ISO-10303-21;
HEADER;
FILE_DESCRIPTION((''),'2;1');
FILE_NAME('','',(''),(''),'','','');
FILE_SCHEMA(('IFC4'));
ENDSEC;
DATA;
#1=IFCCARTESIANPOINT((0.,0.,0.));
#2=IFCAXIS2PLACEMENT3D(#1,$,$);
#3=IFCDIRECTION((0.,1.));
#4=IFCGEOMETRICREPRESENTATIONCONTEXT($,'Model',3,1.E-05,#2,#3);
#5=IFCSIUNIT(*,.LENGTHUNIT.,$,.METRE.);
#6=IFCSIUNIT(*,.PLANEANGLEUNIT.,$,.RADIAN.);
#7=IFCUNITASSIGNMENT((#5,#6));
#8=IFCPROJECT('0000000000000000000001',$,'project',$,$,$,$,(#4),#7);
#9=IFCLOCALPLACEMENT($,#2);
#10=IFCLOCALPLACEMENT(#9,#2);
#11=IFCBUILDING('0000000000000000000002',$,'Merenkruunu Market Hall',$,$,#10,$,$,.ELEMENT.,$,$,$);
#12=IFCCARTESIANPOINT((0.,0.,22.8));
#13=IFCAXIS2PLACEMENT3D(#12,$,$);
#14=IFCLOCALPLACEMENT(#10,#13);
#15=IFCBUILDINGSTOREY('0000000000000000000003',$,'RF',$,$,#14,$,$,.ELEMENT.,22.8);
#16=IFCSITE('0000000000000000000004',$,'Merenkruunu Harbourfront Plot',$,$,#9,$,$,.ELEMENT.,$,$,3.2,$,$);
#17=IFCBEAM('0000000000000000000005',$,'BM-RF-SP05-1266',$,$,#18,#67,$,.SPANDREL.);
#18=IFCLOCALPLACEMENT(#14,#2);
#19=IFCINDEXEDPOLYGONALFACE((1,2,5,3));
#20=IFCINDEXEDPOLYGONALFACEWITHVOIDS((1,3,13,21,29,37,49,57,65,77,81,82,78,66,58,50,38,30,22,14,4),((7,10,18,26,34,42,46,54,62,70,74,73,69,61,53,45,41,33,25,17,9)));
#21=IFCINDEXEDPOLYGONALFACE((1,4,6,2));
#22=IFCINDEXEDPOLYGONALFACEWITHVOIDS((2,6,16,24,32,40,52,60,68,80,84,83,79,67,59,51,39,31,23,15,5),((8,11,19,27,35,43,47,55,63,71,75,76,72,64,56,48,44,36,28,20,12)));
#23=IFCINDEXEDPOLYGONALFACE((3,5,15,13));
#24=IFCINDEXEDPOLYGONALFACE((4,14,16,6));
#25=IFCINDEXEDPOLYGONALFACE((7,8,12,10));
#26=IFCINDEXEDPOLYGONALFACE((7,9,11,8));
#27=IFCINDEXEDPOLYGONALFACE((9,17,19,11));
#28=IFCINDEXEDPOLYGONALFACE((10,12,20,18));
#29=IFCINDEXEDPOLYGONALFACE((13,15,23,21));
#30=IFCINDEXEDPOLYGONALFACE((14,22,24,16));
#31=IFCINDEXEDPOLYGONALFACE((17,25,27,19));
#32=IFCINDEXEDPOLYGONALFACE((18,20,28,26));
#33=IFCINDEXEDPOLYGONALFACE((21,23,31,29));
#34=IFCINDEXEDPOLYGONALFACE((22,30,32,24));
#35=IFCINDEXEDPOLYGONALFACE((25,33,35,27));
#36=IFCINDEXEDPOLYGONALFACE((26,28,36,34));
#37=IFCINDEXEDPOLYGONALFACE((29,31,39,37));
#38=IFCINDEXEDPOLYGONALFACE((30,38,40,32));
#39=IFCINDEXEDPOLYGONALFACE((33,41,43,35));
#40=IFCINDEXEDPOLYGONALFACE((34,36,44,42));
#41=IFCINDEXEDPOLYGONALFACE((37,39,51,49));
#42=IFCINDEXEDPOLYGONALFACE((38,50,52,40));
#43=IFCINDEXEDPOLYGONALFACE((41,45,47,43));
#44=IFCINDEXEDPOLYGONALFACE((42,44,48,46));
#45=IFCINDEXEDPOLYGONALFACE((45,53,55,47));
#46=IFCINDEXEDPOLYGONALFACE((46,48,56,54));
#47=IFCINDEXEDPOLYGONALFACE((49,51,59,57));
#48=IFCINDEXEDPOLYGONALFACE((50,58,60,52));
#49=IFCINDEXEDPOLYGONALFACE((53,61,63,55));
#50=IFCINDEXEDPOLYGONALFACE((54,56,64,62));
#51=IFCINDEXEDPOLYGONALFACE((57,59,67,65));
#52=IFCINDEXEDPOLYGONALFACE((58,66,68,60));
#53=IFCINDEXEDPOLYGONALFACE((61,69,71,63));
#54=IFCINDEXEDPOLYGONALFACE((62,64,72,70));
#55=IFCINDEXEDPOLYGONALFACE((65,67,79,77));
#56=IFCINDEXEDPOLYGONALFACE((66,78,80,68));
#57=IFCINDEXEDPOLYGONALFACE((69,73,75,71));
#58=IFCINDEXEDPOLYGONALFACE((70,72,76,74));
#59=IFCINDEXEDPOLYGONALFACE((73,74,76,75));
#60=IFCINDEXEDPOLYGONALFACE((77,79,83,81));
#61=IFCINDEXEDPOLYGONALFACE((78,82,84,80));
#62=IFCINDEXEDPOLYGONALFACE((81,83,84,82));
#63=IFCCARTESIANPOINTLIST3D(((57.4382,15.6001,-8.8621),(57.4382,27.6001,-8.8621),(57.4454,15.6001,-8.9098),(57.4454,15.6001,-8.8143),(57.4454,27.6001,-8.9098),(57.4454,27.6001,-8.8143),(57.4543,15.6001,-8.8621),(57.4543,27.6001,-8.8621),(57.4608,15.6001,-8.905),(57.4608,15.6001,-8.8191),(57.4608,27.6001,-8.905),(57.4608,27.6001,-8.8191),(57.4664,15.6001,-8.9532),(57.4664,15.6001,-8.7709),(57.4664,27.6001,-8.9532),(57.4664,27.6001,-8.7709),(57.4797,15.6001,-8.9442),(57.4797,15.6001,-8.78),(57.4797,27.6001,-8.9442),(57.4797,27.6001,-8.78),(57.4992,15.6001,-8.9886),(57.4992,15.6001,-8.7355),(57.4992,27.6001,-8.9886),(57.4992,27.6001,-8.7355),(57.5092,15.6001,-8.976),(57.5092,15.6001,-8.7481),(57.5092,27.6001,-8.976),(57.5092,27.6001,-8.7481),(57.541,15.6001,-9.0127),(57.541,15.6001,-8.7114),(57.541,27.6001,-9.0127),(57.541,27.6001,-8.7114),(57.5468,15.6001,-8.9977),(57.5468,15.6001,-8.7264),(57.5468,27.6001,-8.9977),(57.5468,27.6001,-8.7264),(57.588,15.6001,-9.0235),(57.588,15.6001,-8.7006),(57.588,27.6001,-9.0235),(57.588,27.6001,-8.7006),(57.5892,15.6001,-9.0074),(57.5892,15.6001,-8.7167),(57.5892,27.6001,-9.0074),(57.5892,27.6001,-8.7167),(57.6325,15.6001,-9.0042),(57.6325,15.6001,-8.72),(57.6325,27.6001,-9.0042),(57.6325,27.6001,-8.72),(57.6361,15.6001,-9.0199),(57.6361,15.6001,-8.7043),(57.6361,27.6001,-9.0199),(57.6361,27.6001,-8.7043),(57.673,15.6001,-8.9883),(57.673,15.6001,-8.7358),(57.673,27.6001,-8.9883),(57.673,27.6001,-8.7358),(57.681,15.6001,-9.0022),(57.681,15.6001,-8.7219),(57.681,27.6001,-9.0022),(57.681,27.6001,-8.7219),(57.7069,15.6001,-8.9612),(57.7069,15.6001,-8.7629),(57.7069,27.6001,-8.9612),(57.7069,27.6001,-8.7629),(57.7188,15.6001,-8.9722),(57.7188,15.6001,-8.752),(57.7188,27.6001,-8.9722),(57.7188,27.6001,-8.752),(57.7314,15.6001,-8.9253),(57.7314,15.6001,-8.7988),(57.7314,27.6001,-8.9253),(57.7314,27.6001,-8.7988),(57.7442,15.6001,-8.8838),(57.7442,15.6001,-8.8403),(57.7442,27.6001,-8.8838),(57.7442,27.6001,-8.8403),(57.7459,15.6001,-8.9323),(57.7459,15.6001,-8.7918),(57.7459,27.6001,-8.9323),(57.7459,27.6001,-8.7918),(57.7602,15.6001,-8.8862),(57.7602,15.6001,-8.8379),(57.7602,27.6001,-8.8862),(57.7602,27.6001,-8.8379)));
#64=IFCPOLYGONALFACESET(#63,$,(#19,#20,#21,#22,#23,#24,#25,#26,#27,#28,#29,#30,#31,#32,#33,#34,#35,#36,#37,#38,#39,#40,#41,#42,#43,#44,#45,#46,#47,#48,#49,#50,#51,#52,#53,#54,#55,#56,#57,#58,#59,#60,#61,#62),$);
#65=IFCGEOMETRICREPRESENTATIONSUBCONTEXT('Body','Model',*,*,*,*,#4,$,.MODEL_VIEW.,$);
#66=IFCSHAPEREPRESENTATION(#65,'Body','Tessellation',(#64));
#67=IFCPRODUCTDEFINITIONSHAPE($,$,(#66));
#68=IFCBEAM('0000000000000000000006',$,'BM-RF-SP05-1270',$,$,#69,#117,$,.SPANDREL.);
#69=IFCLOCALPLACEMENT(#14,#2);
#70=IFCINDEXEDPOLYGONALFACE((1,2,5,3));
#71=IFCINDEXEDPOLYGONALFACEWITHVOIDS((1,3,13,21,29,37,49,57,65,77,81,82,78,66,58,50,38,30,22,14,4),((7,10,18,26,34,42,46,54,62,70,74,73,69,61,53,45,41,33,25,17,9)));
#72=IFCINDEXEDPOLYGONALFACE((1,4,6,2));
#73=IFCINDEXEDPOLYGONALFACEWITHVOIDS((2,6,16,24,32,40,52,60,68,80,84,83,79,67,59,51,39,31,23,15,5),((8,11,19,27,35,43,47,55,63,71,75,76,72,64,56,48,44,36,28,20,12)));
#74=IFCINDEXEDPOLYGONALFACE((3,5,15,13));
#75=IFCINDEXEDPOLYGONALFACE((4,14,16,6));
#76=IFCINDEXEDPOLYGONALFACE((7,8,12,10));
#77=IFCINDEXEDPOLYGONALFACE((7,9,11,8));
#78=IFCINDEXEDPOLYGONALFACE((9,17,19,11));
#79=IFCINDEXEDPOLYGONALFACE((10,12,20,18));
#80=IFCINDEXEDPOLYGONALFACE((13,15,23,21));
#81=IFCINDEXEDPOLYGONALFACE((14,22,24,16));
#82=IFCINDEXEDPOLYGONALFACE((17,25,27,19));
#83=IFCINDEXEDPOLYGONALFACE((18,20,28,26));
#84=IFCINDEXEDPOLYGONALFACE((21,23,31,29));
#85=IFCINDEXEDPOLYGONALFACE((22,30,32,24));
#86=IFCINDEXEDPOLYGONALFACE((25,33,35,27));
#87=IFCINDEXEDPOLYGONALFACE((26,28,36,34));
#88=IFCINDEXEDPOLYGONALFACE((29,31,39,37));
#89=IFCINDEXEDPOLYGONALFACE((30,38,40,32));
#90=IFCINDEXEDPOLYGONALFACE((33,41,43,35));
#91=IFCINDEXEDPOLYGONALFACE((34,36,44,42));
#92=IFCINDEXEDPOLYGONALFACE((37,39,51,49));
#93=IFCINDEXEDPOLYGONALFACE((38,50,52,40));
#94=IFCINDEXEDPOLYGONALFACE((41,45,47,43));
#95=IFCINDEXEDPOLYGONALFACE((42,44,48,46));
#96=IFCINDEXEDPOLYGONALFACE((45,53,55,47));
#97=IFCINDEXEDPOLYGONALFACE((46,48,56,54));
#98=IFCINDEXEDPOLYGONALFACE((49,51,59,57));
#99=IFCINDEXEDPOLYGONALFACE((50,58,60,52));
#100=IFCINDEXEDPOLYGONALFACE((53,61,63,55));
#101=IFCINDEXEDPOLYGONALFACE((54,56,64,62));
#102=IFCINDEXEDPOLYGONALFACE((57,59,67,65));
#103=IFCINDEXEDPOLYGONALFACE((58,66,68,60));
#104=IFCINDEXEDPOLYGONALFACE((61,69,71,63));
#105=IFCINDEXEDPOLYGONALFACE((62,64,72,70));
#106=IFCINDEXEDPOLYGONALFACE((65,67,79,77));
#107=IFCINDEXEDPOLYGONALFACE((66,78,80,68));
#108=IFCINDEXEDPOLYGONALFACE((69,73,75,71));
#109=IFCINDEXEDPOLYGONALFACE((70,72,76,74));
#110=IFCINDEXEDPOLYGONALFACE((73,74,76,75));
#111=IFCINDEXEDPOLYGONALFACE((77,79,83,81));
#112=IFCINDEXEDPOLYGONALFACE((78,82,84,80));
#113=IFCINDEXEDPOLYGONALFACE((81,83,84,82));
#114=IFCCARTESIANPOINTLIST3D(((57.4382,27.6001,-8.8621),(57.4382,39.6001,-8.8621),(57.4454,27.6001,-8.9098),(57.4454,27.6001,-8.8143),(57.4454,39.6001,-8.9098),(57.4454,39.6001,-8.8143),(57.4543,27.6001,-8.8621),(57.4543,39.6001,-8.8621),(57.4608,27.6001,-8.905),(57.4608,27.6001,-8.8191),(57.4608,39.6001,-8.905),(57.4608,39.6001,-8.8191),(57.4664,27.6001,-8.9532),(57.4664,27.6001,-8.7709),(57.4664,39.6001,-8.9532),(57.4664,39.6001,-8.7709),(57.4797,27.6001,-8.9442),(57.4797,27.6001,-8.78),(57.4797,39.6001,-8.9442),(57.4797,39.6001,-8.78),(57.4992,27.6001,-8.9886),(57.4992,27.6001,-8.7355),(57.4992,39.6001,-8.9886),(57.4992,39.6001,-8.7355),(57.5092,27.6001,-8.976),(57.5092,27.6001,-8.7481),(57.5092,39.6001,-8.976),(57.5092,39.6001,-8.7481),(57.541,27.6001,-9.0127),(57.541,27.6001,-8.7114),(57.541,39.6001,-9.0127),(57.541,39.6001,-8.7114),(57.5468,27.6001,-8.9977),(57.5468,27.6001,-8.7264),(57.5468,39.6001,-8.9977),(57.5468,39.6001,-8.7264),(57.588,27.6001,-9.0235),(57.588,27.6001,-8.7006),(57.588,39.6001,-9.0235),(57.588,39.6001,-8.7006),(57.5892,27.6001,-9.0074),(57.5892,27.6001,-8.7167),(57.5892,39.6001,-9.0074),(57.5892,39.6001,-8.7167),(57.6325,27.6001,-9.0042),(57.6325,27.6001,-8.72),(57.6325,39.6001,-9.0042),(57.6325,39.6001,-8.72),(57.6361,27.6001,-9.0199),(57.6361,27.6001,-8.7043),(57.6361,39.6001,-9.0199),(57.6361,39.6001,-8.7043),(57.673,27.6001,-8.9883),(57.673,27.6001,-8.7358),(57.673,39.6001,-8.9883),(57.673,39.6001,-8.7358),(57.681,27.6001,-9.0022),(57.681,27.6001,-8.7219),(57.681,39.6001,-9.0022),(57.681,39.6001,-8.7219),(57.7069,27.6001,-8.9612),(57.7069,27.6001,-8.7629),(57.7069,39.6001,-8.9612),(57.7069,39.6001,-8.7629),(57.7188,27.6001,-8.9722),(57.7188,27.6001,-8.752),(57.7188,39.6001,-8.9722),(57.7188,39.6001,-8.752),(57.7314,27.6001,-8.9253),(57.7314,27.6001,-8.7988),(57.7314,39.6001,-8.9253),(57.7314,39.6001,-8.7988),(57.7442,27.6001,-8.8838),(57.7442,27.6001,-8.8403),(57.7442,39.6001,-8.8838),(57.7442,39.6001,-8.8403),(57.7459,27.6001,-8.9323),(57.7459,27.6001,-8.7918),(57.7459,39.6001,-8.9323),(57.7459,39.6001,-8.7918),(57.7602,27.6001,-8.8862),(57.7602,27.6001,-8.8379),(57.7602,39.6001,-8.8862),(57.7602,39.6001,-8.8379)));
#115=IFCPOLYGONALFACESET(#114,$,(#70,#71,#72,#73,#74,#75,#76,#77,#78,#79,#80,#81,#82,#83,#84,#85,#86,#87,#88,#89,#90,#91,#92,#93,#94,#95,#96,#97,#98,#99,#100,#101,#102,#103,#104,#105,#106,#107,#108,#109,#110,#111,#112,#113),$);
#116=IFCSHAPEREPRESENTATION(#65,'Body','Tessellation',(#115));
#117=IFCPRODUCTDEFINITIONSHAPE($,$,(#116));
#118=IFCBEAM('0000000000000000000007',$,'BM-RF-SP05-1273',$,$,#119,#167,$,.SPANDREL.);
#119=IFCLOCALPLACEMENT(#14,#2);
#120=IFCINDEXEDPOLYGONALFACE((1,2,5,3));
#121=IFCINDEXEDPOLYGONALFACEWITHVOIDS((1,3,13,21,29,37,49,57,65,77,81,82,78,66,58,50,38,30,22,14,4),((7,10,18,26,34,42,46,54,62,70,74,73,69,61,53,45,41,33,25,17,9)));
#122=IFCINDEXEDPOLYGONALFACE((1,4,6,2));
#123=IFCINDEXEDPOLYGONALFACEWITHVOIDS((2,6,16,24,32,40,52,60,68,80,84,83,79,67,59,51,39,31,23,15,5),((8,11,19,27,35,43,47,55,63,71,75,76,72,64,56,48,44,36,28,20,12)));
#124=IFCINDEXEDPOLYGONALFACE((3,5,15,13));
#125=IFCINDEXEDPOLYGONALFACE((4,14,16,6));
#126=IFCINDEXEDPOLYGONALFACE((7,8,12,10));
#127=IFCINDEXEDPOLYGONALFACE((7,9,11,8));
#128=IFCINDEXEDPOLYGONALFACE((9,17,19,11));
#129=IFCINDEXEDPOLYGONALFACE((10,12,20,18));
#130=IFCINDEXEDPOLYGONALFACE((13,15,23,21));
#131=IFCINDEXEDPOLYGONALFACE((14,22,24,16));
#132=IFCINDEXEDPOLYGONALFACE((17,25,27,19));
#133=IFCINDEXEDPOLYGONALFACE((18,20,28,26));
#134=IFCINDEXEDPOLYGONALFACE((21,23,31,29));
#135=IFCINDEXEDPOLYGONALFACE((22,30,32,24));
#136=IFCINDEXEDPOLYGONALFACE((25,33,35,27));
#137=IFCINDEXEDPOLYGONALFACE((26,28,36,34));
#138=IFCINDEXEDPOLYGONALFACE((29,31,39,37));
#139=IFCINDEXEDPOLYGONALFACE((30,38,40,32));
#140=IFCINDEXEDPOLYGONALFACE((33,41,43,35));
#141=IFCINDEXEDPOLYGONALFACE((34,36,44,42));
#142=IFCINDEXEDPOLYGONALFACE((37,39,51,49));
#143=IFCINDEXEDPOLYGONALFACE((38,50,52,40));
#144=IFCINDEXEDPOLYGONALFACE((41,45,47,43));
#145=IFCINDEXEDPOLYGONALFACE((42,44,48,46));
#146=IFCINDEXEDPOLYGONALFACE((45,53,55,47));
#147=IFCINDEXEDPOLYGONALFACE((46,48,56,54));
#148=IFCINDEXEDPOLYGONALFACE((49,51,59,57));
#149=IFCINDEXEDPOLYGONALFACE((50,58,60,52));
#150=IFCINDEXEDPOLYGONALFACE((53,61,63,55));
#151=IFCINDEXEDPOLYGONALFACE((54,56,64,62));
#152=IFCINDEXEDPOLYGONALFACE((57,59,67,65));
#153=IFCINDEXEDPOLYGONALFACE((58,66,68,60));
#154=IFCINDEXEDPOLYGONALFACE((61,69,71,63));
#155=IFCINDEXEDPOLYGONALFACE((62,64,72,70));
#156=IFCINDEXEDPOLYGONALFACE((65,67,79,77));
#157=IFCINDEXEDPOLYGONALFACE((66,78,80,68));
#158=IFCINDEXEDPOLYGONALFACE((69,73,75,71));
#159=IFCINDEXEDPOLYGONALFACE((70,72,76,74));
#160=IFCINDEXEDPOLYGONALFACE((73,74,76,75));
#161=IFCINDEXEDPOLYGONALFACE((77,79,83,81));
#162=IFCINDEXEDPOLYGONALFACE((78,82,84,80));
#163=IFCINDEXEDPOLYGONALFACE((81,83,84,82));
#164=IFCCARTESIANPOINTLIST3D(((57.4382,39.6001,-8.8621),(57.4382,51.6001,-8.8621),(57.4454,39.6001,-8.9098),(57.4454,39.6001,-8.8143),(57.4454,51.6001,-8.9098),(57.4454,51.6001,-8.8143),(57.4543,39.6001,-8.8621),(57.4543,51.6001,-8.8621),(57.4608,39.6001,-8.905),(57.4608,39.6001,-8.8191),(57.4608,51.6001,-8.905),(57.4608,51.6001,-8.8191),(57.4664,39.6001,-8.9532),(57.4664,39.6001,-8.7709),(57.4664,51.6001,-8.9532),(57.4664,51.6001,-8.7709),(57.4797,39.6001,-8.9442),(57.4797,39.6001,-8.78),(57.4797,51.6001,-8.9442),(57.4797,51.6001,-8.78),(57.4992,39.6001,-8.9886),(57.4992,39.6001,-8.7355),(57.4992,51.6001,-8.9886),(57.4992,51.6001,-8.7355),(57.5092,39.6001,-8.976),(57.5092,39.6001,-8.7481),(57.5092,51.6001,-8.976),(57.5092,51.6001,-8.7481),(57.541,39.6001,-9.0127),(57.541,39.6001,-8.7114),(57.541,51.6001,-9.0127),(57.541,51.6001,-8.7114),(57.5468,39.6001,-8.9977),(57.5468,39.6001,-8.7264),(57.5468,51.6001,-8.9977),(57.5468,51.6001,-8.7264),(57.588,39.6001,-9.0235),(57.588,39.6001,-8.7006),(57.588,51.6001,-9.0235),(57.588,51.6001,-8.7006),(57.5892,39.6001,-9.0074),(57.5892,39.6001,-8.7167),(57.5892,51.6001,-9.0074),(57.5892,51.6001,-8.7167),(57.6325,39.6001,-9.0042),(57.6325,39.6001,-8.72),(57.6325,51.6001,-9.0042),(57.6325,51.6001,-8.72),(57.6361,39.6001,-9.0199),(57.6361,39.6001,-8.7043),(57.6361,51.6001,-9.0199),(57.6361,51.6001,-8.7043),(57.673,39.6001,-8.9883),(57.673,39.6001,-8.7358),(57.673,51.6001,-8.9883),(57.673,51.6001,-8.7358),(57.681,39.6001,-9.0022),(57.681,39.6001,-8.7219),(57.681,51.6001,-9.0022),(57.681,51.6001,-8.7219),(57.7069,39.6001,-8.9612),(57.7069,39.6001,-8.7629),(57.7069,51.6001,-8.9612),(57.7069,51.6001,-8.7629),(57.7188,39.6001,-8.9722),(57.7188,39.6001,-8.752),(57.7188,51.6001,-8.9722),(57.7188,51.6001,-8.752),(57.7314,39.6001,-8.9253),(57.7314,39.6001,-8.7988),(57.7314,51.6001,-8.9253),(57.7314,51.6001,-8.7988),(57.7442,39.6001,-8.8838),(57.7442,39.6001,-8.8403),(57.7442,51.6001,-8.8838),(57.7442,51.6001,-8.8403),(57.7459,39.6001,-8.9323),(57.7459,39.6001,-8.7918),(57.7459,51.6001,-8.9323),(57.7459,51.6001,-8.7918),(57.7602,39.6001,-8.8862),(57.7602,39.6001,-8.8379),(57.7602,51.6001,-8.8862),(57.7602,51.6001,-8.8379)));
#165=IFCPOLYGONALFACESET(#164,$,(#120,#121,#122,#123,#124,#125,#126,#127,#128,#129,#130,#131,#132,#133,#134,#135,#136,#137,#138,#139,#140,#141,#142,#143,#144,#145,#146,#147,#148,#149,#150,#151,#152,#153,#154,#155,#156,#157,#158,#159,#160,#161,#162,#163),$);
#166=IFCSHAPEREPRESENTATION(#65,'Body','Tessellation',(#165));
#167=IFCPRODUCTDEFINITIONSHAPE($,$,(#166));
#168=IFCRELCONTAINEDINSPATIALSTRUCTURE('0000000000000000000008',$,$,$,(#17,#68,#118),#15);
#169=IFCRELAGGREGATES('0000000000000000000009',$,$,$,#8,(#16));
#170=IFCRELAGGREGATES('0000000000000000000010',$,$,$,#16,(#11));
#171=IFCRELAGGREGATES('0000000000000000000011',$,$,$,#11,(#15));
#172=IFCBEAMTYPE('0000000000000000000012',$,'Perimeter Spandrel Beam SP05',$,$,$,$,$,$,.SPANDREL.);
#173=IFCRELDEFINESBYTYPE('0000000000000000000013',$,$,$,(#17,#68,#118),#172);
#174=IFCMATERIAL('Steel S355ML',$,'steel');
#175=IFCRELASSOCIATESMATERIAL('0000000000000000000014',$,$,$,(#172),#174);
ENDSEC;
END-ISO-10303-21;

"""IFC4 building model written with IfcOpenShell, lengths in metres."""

from ifc_helpers import new_model, si_unit, direction, frame, origin, origin_2d, place, context, subcontext, project, spatial, hollow_circle, extrude, material, material_profile, profile_set, type_object, element, save


model = new_model("IFC4")

# Units and contexts
model_context = context("Model", 3, precision=1e-05, world=origin(), true_north=direction((0.0, 1.0)))
body_context = subcontext(model_context, "Body", "Model", "MODEL_VIEW")
ifc_project = project(units=[si_unit("LENGTHUNIT", "METRE"), si_unit("PLANEANGLEUNIT", "RADIAN")], contexts=[model_context])

# Site, building, storey
site_placement = place(None, origin())
site = spatial("IfcSite", under=ifc_project, at=site_placement, Name="Merenkruunu Harbourfront Plot", CompositionType="ELEMENT", RefElevation=3.2)
building_placement = place(site_placement, origin())
building = spatial("IfcBuilding", under=site, at=building_placement, Name="Merenkruunu Market Hall", CompositionType="ELEMENT")
storey_placement = place(building_placement, frame((0.0, 0.0, 22.8)))
storey = spatial("IfcBuildingStorey", under=building, at=storey_placement, Name="RF", CompositionType="ELEMENT", Elevation=22.8)

# Beams
ifc_material_1 = material(Name="Steel S355ML", Category="steel")
ifc_material_profile_1 = material_profile(ifc_material_1, hollow_circle(Radius=0.1619, WallThickness=0.0161, at=origin_2d()), Name="CHS 323.9x16")
ifc_profile_set_1 = profile_set([ifc_material_profile_1], Name="Steel S355ML")
beam_type = type_object("IfcBeamType", Name="Perimeter Spandrel Beam SP05", PredefinedType="SPANDREL", material=ifc_profile_set_1)
for number, where, z_axis, x_axis, name in (
    (1, (57.6001, 15.6001, -8.8621), (0.0, 1.0, 0.0), (-1.0, 0.0, 0.0), "BM-RF-SP05-1266"),
    (2, (57.6001, 27.6001, -8.8621), (0.0, 1.0, 0.0), (-1.0, 0.0, 0.0), "BM-RF-SP05-1270"),
    (3, (57.6001, 39.6001, -8.8621), (0.0, 1.0, 0.0), (-1.0, 0.0, 0.0), "BM-RF-SP05-1273"),
):
    element("IfcBeam", number, at=place(storey_placement, frame(where, z_axis=z_axis, x_axis=x_axis)), inside=storey, type_object=beam_type, Name=name, PredefinedType="SPANDREL", context=body_context, shape_type="SweptSolid", body=[
        extrude(hollow_circle(Radius=0.1619, WallThickness=0.0161, at=origin_2d()), origin(), (0.0, 0.0, 1.0), 12.0),
    ])

save(model, "model.ifc")
